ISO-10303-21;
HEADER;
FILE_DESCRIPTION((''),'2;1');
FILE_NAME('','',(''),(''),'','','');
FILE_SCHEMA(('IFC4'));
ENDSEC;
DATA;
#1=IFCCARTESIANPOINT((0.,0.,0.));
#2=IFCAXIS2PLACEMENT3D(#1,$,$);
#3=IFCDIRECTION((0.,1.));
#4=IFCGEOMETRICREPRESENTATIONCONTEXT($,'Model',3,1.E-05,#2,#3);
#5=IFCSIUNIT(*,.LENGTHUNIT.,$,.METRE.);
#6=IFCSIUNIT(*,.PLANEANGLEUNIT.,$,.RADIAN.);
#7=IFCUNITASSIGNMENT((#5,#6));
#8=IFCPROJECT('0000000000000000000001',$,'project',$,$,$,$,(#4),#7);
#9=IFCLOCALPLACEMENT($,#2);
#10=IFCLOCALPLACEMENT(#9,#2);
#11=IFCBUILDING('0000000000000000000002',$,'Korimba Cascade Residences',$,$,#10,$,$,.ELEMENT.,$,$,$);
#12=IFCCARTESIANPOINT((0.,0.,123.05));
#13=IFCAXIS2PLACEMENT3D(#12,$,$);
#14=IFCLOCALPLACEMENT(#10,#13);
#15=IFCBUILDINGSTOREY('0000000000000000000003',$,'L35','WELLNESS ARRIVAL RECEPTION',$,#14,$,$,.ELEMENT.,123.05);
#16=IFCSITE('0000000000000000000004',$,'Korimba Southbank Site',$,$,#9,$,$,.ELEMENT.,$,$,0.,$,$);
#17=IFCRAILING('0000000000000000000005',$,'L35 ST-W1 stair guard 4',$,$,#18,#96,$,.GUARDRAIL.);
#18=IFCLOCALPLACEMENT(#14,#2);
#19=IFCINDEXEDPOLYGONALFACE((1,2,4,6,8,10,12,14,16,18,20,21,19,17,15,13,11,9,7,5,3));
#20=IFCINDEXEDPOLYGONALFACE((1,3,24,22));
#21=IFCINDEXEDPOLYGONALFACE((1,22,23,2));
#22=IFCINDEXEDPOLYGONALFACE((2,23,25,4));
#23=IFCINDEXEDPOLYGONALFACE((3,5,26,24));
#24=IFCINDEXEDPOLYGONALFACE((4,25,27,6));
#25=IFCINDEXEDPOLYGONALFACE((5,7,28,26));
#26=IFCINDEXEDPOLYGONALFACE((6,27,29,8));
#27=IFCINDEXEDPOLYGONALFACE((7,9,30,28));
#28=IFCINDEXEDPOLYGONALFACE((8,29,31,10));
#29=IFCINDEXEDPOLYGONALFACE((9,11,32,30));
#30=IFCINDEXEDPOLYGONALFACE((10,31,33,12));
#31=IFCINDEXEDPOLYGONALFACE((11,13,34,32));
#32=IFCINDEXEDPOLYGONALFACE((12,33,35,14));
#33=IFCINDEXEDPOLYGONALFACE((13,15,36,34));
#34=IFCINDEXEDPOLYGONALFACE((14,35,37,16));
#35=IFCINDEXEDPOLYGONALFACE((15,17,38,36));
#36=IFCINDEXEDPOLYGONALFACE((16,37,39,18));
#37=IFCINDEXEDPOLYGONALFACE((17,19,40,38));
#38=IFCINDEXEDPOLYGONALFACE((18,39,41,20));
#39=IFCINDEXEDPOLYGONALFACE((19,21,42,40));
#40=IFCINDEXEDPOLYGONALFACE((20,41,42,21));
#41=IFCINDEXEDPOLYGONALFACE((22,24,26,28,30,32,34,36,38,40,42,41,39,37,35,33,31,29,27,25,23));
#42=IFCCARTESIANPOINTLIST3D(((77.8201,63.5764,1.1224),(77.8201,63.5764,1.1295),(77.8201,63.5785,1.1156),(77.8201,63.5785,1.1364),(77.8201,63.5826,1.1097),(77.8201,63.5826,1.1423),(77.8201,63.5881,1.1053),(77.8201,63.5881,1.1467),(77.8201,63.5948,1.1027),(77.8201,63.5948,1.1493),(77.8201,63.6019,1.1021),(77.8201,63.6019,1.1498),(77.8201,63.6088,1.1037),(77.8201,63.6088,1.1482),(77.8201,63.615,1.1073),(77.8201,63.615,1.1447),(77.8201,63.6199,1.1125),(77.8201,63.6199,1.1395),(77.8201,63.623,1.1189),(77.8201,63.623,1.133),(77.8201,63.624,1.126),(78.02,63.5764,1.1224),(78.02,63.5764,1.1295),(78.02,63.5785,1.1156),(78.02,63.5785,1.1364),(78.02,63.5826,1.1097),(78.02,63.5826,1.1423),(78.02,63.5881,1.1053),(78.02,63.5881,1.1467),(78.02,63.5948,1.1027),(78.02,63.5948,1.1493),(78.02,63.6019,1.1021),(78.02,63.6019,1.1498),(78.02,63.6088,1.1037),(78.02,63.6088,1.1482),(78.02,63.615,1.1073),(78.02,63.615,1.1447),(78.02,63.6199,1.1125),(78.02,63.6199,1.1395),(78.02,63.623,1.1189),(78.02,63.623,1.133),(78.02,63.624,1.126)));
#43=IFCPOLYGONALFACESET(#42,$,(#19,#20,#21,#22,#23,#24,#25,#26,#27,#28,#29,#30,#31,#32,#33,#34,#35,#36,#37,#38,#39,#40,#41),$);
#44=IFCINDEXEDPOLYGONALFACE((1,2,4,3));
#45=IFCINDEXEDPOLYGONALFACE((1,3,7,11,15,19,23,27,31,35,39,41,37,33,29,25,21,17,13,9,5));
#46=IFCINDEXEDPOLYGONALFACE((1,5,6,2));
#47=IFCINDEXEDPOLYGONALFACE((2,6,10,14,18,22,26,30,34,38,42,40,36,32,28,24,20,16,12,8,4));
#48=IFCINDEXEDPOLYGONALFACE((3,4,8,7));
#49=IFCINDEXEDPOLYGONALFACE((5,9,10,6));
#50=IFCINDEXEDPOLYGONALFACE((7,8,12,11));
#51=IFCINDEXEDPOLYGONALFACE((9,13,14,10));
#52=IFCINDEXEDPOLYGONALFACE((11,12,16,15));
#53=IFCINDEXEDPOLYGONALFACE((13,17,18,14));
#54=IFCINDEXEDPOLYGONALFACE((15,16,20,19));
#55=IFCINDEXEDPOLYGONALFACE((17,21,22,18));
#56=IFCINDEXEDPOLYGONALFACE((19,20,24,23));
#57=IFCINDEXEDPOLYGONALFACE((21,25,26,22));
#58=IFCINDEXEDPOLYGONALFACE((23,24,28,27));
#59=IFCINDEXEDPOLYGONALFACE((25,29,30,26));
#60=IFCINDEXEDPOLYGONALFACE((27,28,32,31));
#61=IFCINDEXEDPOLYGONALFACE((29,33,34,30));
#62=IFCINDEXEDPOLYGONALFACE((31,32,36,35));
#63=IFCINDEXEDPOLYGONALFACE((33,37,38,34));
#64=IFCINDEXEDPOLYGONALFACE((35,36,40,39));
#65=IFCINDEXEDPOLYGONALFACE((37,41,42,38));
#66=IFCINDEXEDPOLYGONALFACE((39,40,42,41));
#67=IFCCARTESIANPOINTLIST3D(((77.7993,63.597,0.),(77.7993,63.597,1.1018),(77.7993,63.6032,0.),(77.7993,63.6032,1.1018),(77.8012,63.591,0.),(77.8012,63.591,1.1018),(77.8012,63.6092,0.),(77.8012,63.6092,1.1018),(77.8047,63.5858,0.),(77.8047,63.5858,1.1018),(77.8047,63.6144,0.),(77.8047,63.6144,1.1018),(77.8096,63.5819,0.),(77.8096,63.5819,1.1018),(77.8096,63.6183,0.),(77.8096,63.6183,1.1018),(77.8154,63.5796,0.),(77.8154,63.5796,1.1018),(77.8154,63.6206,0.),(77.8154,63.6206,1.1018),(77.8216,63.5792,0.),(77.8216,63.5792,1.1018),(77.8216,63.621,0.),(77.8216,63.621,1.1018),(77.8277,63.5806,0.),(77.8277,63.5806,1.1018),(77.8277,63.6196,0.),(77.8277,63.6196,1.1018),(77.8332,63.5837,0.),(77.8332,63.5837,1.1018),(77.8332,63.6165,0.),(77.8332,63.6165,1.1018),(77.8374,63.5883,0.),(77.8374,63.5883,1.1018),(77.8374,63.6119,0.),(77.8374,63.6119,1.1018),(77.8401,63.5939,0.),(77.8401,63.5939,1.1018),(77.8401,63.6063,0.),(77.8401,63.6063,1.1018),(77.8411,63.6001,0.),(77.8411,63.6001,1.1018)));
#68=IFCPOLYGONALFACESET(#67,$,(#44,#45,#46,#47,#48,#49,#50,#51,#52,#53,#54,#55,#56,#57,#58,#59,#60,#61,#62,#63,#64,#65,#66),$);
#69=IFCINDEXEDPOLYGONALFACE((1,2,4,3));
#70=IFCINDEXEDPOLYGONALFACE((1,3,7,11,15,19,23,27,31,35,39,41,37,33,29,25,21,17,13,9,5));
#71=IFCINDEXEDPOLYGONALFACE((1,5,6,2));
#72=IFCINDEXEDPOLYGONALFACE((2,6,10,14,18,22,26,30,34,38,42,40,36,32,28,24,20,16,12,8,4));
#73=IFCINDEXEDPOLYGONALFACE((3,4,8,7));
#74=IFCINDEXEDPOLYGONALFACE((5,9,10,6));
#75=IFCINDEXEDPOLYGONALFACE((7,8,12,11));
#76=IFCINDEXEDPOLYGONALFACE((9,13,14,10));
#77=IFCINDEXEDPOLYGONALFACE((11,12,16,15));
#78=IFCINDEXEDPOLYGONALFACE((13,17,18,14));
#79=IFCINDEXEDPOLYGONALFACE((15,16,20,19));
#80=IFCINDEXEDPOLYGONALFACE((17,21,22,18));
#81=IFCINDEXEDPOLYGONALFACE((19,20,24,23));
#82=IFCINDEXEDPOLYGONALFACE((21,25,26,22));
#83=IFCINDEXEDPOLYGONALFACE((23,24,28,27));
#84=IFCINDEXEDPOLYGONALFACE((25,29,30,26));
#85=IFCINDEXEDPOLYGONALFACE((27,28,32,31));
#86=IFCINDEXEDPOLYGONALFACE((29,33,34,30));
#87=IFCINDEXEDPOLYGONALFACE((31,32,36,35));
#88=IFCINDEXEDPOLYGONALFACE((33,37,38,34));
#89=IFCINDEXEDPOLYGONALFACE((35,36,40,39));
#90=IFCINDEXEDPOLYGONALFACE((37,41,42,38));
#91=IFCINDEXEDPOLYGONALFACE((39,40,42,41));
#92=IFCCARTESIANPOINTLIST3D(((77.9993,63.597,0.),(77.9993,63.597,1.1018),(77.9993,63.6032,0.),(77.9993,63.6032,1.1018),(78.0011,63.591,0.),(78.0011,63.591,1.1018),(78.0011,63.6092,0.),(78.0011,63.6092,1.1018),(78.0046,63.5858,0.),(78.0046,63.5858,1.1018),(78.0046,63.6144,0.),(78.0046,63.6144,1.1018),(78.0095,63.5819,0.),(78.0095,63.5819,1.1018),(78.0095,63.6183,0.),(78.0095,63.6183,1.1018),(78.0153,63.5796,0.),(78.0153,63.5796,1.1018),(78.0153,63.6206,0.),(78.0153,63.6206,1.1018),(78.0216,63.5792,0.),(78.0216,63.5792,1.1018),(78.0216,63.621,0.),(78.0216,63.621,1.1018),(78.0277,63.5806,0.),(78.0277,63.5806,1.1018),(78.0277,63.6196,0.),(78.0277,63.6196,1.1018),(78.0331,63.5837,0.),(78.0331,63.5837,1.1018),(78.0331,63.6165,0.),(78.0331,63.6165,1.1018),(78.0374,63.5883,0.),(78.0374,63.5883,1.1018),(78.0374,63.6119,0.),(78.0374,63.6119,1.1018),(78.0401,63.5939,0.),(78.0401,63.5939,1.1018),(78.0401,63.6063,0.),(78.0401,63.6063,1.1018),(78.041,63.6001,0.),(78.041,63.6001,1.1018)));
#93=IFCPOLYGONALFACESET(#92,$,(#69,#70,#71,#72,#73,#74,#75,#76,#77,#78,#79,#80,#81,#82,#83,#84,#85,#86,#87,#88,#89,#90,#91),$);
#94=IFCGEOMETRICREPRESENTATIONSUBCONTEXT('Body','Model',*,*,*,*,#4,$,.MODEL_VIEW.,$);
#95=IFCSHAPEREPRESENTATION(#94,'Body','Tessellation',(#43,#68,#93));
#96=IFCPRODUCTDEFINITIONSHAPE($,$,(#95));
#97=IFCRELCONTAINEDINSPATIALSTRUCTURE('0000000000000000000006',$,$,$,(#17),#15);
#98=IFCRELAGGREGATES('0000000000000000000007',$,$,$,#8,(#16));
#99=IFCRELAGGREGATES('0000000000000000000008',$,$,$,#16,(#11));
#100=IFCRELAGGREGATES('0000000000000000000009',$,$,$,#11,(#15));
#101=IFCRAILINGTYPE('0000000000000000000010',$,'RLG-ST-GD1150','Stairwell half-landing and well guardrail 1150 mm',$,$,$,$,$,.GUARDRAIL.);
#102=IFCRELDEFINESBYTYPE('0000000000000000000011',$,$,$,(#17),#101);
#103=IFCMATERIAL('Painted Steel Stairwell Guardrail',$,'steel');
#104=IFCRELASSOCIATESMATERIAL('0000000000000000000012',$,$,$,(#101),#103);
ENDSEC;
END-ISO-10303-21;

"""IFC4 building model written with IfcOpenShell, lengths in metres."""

from ifc_helpers import new_model, si_unit, direction, frame, origin, origin_2d, place, context, subcontext, project, spatial, circle, extrude, material, type_object, element, save


model = new_model("IFC4")

# Units and contexts
model_context = context("Model", 3, precision=1e-05, world=origin(), true_north=direction((0.0, 1.0)))
body_context = subcontext(model_context, "Body", "Model", "MODEL_VIEW")
ifc_project = project(units=[si_unit("LENGTHUNIT", "METRE"), si_unit("PLANEANGLEUNIT", "RADIAN")], contexts=[model_context])

# Site, building, storey
site_placement = place(None, origin())
site = spatial("IfcSite", under=ifc_project, at=site_placement, Name="Korimba Southbank Site", CompositionType="ELEMENT", RefElevation=0.0)
building_placement = place(site_placement, origin())
building = spatial("IfcBuilding", under=site, at=building_placement, Name="Korimba Cascade Residences", CompositionType="ELEMENT")
storey_placement = place(building_placement, frame((0.0, 0.0, 123.05)))
storey = spatial("IfcBuildingStorey", under=building, at=storey_placement, Name="L35", Description="WELLNESS ARRIVAL RECEPTION", CompositionType="ELEMENT", Elevation=123.05)

# Railing
ifc_material_1 = material(Name="Painted Steel Stairwell Guardrail", Category="steel")
railing_type_1 = type_object("IfcRailingType", Name="RLG-ST-GD1150", Description="Stairwell half-landing and well guardrail 1150 mm", PredefinedType="GUARDRAIL", material=ifc_material_1)
railing_1_placement = place(storey_placement, frame((77.8201, 63.6001, 0.0)))
element("IfcRailing", 1, at=railing_1_placement, inside=storey, type_object=railing_type_1, Name="L35 ST-W1 stair guard 4", PredefinedType="GUARDRAIL", context=body_context, shape_type="SweptSolid", body=[
    extrude(circle(Radius=0.0239, at=origin_2d()), frame((0.0, 0.0, 1.126), z_axis=(1.0, 0.0, 0.0), x_axis=(0.0, 1.0, 0.0)), (0.0, 0.0, 1.0), 0.2),
    extrude(circle(Radius=0.021, at=origin_2d()), origin(), (0.0, 0.0, 1.0), 1.1018),
    extrude(circle(Radius=0.021, at=origin_2d()), frame((0.2, 0.0, 0.0)), (0.0, 0.0, 1.0), 1.1018),
])

save(model, "model.ifc")
